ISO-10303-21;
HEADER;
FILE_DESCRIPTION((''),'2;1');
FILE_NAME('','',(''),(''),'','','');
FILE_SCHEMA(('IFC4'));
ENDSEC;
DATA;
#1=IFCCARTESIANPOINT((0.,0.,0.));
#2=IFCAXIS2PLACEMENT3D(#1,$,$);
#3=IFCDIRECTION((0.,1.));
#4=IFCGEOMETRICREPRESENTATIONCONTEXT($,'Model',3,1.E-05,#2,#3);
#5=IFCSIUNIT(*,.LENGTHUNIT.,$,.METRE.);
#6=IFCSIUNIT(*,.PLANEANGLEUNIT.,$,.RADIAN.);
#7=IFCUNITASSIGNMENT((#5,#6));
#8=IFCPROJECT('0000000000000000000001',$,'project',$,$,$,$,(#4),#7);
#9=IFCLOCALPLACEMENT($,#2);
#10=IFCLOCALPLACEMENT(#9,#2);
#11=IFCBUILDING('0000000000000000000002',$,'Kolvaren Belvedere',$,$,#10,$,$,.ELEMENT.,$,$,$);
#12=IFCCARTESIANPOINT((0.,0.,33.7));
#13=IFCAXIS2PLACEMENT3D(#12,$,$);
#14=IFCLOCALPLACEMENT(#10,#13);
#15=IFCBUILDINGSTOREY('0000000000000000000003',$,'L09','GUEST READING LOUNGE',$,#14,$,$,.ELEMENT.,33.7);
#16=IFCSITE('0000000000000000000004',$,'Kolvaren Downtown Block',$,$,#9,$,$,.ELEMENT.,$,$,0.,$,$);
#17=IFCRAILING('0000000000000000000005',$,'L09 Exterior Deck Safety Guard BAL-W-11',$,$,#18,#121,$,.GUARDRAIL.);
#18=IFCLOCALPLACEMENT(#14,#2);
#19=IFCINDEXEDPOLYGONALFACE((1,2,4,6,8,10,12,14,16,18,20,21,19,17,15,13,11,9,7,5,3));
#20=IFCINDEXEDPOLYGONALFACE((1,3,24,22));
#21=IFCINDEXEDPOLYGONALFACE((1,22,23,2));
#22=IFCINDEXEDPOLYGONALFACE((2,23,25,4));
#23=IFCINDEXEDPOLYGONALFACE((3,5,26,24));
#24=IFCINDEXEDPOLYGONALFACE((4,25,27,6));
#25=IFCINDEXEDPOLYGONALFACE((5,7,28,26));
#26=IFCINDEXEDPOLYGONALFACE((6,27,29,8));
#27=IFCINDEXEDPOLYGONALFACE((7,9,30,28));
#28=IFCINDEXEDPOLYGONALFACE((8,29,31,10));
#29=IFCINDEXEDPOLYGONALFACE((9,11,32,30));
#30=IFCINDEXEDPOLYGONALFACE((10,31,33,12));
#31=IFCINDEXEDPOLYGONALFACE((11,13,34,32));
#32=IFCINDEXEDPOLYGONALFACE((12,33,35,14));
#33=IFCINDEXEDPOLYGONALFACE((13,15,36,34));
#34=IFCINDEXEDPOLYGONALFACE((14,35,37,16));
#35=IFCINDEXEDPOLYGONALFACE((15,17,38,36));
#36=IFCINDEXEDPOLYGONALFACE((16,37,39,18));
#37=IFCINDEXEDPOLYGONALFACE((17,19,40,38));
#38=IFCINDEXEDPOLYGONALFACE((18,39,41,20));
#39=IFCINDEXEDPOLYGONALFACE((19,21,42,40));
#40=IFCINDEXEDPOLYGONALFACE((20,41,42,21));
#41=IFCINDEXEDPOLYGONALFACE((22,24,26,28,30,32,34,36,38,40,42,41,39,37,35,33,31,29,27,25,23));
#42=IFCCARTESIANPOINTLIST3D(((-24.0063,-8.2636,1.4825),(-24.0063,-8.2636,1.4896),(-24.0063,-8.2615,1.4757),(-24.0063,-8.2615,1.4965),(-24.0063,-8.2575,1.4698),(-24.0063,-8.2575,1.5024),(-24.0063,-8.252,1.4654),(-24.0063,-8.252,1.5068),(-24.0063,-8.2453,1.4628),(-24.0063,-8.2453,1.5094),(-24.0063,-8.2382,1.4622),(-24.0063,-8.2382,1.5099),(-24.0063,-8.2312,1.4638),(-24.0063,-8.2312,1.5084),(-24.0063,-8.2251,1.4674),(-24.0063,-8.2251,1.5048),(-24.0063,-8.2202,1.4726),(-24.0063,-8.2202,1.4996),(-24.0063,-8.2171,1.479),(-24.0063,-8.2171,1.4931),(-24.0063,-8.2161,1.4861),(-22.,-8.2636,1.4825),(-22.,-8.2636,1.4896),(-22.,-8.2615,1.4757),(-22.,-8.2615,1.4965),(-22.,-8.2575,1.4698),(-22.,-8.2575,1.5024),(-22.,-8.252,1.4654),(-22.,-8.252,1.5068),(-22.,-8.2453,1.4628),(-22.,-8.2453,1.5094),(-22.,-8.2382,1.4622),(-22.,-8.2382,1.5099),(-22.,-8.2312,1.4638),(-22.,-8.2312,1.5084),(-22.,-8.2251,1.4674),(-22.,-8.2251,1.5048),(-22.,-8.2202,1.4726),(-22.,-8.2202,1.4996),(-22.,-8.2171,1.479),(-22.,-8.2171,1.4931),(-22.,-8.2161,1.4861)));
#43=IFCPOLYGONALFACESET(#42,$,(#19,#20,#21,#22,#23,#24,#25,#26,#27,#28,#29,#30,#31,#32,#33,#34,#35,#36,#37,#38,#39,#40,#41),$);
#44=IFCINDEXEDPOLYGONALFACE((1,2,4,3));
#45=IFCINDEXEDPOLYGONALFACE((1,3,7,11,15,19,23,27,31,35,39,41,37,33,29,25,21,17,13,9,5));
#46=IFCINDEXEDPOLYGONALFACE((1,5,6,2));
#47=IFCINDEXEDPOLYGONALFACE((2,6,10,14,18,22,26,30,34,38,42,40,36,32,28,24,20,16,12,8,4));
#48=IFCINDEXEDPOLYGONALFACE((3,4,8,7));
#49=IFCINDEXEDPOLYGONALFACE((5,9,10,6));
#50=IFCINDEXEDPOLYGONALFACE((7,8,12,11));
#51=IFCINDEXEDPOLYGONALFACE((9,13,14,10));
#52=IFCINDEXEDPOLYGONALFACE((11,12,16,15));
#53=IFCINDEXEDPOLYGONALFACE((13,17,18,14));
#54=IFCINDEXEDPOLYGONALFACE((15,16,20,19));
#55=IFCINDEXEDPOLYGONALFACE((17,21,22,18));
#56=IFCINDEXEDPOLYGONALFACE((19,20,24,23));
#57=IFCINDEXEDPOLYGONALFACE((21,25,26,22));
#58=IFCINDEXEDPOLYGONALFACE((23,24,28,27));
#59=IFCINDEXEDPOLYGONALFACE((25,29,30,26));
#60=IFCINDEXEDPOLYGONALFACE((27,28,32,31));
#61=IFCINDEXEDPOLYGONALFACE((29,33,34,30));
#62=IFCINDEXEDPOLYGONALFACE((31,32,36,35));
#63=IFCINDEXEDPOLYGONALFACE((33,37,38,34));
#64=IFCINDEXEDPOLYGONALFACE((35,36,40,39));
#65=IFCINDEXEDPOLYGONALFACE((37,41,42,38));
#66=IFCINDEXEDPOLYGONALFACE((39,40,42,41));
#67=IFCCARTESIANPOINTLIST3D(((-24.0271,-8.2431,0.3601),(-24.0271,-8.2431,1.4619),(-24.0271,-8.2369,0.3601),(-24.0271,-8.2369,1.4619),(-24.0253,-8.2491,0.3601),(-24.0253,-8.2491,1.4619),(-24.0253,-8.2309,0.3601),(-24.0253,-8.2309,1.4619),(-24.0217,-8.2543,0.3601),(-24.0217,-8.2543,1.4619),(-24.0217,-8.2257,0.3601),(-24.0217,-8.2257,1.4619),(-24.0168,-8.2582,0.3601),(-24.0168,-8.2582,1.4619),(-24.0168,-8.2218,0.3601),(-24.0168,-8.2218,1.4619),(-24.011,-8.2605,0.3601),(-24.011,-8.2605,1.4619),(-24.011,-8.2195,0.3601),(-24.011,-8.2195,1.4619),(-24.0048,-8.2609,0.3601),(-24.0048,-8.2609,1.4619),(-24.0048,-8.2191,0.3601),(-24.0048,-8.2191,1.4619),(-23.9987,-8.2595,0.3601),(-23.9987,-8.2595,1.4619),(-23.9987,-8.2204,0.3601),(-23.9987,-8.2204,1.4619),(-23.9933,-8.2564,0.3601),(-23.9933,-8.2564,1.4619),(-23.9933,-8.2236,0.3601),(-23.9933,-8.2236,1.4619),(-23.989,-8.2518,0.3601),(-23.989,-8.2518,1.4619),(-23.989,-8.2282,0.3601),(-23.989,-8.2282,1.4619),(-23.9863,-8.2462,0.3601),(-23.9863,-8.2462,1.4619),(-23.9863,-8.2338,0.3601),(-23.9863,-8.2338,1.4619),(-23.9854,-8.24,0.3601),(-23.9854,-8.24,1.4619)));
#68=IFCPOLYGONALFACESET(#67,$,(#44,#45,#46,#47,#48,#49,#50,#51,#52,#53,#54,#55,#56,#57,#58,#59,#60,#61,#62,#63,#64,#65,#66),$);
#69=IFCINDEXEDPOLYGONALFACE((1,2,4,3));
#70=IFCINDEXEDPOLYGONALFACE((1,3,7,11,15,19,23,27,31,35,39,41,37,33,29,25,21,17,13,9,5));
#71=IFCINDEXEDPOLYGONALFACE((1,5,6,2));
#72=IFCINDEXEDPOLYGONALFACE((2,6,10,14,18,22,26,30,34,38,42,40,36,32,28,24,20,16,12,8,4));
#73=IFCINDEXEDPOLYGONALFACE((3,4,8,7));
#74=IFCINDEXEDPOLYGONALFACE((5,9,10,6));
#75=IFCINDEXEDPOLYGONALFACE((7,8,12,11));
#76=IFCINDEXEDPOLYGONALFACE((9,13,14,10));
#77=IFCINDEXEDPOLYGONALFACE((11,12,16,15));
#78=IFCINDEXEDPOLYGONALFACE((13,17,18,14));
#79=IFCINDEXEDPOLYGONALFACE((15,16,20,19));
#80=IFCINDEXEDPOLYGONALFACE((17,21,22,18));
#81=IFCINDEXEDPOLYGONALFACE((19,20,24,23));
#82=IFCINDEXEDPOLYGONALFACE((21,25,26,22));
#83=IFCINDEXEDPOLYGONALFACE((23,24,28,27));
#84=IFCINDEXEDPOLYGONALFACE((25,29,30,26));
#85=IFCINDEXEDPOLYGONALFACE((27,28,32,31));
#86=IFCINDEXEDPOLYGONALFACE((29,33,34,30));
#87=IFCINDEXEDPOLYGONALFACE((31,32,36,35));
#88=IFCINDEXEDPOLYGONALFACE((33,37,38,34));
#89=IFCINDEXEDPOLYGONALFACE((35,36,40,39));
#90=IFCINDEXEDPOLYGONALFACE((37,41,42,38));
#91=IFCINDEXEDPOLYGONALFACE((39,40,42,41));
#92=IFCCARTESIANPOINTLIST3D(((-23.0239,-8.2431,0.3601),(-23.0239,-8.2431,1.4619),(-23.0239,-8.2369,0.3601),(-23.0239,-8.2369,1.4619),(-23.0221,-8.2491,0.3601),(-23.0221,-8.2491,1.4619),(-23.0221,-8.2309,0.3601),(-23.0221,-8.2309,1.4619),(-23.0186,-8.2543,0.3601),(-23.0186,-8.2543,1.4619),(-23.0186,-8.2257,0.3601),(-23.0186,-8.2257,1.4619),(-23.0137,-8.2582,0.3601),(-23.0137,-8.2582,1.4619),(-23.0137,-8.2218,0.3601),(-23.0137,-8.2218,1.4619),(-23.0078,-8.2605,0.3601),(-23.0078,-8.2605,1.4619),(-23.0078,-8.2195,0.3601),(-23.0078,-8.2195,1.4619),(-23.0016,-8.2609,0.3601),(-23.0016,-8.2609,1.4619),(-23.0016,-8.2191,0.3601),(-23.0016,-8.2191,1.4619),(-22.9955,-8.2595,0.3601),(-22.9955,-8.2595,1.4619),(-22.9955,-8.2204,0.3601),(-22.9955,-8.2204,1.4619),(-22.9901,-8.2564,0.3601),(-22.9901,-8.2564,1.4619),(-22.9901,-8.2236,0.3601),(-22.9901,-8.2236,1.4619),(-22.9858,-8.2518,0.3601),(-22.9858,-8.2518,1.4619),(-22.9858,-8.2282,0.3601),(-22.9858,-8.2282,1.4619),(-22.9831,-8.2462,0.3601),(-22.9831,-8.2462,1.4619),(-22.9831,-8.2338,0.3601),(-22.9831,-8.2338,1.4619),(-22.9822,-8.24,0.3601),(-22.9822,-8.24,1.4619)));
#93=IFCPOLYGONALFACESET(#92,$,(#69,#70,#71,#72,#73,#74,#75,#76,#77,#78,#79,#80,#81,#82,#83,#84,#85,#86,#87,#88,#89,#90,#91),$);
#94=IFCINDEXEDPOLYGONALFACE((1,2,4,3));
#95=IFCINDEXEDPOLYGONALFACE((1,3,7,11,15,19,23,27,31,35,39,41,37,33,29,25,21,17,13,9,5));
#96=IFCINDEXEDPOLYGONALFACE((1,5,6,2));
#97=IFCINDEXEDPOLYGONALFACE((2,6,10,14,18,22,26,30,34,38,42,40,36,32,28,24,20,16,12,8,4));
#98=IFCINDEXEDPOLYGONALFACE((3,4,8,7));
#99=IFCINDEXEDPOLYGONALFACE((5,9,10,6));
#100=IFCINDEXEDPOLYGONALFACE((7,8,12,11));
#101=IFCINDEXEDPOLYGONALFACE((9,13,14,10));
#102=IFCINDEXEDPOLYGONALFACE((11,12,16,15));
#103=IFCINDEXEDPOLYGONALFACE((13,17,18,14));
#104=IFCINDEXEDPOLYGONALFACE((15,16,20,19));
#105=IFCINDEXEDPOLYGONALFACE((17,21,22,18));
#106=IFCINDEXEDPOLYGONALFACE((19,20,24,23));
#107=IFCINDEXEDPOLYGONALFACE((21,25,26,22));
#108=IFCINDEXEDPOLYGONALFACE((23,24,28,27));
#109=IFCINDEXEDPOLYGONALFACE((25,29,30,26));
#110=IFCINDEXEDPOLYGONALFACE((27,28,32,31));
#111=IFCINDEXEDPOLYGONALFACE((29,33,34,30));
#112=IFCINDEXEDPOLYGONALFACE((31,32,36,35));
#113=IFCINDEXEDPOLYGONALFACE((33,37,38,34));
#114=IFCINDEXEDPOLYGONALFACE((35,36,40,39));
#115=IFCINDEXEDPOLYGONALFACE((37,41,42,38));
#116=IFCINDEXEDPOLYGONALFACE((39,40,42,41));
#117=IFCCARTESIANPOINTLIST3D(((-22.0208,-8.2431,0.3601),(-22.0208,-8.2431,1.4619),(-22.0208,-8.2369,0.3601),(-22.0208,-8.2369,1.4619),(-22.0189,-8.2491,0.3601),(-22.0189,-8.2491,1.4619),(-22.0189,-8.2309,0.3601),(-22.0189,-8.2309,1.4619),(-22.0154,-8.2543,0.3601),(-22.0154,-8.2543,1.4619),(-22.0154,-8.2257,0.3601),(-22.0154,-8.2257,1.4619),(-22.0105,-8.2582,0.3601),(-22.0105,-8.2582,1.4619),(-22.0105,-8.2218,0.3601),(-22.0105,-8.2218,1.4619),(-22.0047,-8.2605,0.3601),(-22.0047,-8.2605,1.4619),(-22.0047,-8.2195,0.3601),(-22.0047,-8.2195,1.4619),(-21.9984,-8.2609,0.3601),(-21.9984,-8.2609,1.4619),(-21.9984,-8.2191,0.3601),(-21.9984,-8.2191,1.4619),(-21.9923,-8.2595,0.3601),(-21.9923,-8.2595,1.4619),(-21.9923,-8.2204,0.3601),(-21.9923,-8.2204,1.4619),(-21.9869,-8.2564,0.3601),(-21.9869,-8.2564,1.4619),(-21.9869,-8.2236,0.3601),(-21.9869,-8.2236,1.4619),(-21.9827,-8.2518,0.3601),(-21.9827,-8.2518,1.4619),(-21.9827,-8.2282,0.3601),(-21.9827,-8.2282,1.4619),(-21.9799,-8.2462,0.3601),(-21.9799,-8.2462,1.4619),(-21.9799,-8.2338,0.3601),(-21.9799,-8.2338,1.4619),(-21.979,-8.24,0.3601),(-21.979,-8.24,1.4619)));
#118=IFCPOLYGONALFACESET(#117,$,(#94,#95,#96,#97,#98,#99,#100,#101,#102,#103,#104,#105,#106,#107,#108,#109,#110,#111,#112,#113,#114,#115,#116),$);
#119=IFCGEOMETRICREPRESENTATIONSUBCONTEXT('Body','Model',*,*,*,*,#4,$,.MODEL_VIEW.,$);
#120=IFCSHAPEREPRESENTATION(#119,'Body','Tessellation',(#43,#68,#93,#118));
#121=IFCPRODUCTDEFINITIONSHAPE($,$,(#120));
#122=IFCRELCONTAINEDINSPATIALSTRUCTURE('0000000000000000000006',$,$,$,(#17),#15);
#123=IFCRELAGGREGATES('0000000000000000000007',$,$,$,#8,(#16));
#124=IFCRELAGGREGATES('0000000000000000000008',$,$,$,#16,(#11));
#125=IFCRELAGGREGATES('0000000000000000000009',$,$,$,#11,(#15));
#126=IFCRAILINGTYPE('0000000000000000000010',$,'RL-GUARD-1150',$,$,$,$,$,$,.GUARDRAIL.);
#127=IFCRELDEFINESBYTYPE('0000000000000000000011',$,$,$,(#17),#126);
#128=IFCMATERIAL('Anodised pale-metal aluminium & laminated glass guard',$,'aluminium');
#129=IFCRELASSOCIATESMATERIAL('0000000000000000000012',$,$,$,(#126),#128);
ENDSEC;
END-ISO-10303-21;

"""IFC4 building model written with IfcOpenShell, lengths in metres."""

from ifc_helpers import new_model, si_unit, direction, frame, origin, origin_2d, place, context, subcontext, project, spatial, circle, extrude, material, type_object, element, save


model = new_model("IFC4")

# Units and contexts
model_context = context("Model", 3, precision=1e-05, world=origin(), true_north=direction((0.0, 1.0)))
body_context = subcontext(model_context, "Body", "Model", "MODEL_VIEW")
ifc_project = project(units=[si_unit("LENGTHUNIT", "METRE"), si_unit("PLANEANGLEUNIT", "RADIAN")], contexts=[model_context])

# Site, building, storey
site_placement = place(None, origin())
site = spatial("IfcSite", under=ifc_project, at=site_placement, Name="Kolvaren Downtown Block", CompositionType="ELEMENT", RefElevation=0.0)
building_placement = place(site_placement, origin())
building = spatial("IfcBuilding", under=site, at=building_placement, Name="Kolvaren Belvedere", CompositionType="ELEMENT")
storey_placement = place(building_placement, frame((0.0, 0.0, 33.7)))
storey = spatial("IfcBuildingStorey", under=building, at=storey_placement, Name="L09", Description="GUEST READING LOUNGE", CompositionType="ELEMENT", Elevation=33.7)

# Railing
ifc_material_1 = material(Name="Anodised pale-metal aluminium & laminated glass guard", Category="aluminium")
railing_type = type_object("IfcRailingType", Name="RL-GUARD-1150", PredefinedType="GUARDRAIL", material=ifc_material_1)
railing_placement = place(storey_placement, frame((-24.0063, -8.24, 0.3601)))
element("IfcRailing", 1, at=railing_placement, inside=storey, type_object=railing_type, Name="L09 Exterior Deck Safety Guard BAL-W-11", PredefinedType="GUARDRAIL", context=body_context, shape_type="SweptSolid", body=[
    extrude(circle(Radius=0.0239, at=origin_2d()), frame((0.0, 0.0, 1.126), z_axis=(1.0, 0.0, 0.0), x_axis=(0.0, 1.0, 0.0)), (0.0, 0.0, 1.0), 2.0063),
    extrude(circle(Radius=0.021, at=origin_2d()), origin(), (0.0, 0.0, 1.0), 1.1018),
    extrude(circle(Radius=0.021, at=origin_2d()), frame((1.0032, 0.0, 0.0)), (0.0, 0.0, 1.0), 1.1018),
    extrude(circle(Radius=0.021, at=origin_2d()), frame((2.0063, 0.0, 0.0)), (0.0, 0.0, 1.0), 1.1018),
])

save(model, "model.ifc")
